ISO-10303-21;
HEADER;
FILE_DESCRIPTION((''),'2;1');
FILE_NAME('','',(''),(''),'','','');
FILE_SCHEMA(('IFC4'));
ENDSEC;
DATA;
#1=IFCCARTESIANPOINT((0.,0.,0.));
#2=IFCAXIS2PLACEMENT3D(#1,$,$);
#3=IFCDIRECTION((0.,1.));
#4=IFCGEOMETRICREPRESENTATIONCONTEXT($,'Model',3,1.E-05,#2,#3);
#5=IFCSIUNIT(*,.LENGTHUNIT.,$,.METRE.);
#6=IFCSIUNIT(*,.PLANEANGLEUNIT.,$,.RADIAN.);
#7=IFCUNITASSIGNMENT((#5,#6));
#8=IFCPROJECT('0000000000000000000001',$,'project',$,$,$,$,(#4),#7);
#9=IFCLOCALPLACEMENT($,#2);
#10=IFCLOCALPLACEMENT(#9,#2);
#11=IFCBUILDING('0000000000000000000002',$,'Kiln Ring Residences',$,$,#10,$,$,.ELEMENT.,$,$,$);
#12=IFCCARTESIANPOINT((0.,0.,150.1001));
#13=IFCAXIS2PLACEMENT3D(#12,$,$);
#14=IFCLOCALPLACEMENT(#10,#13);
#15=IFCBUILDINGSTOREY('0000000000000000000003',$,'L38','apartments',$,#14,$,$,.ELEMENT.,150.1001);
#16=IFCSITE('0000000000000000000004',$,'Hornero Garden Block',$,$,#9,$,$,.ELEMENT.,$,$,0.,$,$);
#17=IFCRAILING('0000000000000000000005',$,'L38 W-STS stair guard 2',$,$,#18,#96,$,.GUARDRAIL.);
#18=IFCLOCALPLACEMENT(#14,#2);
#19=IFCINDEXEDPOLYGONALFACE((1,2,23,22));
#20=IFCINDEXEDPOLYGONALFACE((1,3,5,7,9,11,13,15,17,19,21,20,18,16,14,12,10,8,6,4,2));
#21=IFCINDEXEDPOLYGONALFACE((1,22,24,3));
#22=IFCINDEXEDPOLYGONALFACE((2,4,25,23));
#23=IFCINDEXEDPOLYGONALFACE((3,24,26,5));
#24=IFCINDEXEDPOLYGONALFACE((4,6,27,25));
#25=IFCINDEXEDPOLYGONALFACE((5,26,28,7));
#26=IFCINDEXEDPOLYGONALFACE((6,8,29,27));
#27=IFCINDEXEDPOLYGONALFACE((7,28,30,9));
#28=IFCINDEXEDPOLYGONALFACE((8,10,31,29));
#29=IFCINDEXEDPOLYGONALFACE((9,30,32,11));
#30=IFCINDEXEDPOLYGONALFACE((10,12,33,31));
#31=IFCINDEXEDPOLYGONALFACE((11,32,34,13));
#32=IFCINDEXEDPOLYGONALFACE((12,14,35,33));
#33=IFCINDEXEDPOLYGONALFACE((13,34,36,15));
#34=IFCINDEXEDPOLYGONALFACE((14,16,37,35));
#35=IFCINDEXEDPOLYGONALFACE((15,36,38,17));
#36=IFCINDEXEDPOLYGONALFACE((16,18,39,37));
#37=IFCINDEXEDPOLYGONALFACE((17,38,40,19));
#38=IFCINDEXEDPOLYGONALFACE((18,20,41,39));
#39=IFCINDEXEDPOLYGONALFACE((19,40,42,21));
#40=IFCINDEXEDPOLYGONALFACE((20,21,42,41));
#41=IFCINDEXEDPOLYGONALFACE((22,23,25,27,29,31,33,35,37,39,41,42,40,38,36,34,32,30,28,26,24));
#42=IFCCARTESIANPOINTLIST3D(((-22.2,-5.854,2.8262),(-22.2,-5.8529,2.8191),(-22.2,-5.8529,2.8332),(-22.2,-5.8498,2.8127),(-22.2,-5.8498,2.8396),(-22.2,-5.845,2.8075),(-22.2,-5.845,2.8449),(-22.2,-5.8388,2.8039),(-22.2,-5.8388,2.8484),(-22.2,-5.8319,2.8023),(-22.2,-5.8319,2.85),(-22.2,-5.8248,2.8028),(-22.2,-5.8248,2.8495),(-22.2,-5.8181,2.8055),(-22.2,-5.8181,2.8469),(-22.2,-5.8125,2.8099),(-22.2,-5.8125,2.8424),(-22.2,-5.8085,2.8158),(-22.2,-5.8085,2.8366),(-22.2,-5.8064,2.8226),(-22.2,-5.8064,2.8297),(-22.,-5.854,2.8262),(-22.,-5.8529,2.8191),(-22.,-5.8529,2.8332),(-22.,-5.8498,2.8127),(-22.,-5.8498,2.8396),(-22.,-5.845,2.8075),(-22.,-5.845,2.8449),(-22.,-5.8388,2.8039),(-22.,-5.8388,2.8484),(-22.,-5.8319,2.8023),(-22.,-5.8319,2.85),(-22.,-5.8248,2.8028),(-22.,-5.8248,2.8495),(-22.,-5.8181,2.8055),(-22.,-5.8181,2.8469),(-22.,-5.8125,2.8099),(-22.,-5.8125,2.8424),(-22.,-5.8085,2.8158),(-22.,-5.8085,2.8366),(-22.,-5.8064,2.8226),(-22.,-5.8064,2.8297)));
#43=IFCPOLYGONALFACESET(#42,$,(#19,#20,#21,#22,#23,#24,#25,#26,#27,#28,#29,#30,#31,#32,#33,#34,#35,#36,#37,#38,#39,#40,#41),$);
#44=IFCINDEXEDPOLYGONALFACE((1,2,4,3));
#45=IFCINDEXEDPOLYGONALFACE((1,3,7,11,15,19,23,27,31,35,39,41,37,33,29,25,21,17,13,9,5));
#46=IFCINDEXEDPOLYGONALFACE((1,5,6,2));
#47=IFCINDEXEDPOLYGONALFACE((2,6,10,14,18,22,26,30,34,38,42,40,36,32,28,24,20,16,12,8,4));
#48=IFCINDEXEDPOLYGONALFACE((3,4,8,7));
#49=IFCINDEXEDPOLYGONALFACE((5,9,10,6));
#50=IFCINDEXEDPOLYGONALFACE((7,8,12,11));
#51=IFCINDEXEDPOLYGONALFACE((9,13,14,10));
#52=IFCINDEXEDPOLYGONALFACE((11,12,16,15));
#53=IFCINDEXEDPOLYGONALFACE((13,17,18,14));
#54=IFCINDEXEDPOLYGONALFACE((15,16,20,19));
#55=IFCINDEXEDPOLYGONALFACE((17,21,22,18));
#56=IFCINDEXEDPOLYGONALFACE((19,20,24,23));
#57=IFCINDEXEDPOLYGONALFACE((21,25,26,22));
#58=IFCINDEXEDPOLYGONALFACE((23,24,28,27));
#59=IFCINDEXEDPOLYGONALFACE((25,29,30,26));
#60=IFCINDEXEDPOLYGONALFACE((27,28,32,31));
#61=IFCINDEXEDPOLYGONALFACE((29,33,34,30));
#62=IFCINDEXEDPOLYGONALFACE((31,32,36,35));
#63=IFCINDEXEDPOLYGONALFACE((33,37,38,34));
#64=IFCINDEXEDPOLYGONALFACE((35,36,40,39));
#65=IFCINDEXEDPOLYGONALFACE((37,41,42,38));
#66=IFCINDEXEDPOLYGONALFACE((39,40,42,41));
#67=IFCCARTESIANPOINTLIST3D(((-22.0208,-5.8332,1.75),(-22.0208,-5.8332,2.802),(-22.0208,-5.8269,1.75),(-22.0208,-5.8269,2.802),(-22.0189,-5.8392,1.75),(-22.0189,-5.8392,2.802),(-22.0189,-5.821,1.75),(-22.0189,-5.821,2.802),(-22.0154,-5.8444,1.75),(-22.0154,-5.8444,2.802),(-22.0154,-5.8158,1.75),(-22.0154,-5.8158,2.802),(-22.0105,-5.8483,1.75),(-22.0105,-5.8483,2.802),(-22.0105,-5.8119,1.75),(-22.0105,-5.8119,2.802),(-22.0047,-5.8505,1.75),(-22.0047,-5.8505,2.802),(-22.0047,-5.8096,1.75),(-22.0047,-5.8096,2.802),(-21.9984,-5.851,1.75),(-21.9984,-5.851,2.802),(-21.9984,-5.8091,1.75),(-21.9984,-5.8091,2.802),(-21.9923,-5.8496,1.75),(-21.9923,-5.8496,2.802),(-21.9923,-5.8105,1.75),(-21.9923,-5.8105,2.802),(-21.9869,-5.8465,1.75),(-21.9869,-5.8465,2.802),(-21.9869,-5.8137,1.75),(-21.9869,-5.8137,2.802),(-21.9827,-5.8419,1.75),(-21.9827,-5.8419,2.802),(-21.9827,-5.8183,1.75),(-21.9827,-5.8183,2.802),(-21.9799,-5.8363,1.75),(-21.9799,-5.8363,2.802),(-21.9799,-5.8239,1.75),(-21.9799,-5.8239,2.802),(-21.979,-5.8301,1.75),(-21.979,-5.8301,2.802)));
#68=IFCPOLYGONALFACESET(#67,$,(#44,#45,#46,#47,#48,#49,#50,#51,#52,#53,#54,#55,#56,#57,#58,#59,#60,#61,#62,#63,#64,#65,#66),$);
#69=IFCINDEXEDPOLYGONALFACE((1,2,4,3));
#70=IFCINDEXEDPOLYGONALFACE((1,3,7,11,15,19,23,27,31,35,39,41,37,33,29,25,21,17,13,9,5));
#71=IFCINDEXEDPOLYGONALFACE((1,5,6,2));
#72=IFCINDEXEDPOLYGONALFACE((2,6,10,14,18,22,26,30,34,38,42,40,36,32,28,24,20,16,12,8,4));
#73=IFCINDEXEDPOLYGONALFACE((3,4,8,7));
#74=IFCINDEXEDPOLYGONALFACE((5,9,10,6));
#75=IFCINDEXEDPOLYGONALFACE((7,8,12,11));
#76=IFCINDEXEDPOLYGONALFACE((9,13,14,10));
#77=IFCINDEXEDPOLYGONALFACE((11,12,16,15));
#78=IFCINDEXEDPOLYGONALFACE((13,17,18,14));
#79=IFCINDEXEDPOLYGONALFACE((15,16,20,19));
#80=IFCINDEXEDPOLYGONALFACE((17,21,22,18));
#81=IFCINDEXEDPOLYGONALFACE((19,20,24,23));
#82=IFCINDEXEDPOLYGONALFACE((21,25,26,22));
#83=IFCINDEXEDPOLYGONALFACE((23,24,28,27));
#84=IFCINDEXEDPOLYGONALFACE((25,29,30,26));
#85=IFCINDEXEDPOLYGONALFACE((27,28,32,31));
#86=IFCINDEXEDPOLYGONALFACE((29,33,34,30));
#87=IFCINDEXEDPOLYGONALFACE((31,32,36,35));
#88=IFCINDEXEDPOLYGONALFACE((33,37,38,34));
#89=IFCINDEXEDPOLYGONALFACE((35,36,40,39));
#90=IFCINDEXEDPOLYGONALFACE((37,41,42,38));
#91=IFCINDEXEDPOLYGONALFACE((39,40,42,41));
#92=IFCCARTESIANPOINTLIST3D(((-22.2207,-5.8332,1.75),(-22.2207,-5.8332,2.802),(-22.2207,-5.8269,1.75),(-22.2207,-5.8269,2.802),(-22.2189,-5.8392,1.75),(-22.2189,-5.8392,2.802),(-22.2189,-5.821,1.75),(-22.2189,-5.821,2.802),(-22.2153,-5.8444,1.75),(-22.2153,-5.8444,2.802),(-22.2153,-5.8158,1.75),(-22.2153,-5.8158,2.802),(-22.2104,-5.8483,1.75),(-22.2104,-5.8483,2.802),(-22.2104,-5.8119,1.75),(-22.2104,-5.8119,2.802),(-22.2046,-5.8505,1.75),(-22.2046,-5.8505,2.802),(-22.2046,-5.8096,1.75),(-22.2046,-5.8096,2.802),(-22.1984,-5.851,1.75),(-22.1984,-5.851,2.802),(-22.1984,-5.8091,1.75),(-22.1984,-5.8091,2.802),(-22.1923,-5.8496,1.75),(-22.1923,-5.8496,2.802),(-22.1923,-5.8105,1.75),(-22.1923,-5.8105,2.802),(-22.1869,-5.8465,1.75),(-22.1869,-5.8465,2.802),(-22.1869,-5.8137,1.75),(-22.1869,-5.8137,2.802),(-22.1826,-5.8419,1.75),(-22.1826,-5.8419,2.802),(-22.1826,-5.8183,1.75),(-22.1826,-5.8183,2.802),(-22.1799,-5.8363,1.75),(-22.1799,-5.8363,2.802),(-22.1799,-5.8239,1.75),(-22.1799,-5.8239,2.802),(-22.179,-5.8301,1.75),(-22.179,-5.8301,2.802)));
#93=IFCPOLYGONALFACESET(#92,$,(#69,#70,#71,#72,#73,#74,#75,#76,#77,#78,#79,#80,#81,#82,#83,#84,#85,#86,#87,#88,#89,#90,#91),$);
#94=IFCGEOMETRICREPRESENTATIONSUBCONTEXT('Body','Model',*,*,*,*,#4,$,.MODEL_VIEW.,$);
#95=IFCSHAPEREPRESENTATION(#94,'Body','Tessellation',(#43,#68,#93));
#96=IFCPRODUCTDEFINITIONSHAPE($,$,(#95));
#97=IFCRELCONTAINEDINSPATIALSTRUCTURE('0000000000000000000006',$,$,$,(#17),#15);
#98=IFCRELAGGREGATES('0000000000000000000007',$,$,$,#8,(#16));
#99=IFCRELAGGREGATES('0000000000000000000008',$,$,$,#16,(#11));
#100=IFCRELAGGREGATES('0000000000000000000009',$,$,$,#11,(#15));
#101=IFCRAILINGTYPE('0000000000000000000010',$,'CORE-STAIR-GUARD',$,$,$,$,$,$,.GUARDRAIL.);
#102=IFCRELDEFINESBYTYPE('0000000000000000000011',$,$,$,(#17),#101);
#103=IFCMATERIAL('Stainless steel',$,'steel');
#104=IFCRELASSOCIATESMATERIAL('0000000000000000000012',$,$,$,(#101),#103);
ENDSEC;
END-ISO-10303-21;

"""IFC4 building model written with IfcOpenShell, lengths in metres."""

from ifc_helpers import new_model, si_unit, direction, frame, origin, origin_2d, place, context, subcontext, project, spatial, circle, extrude, material, type_object, element, save


model = new_model("IFC4")

# Units and contexts
model_context = context("Model", 3, precision=1e-05, world=origin(), true_north=direction((0.0, 1.0)))
body_context = subcontext(model_context, "Body", "Model", "MODEL_VIEW")
ifc_project = project(units=[si_unit("LENGTHUNIT", "METRE"), si_unit("PLANEANGLEUNIT", "RADIAN")], contexts=[model_context])

# Site, building, storey
site_placement = place(None, origin())
site = spatial("IfcSite", under=ifc_project, at=site_placement, Name="Hornero Garden Block", CompositionType="ELEMENT", RefElevation=0.0)
building_placement = place(site_placement, origin())
building = spatial("IfcBuilding", under=site, at=building_placement, Name="Kiln Ring Residences", CompositionType="ELEMENT")
storey_placement = place(building_placement, frame((0.0, 0.0, 150.1001)))
storey = spatial("IfcBuildingStorey", under=building, at=storey_placement, Name="L38", Description="apartments", CompositionType="ELEMENT", Elevation=150.1001)

# Railing
ifc_material_1 = material(Name="Stainless steel", Category="steel")
railing_type_1 = type_object("IfcRailingType", Name="CORE-STAIR-GUARD", PredefinedType="GUARDRAIL", material=ifc_material_1)
railing_1_placement = place(storey_placement, frame((-22.0, -5.8301, 1.75)))
element("IfcRailing", 1, at=railing_1_placement, inside=storey, type_object=railing_type_1, Name="L38 W-STS stair guard 2", PredefinedType="GUARDRAIL", context=body_context, shape_type="SweptSolid", body=[
    extrude(circle(Radius=0.0239, at=origin_2d()), frame((0.0, 0.0, 1.0762), z_axis=(-1.0, 0.0, 0.0), x_axis=(0.0, -1.0, 0.0)), (0.0, 0.0, 1.0), 0.2),
    extrude(circle(Radius=0.021, at=origin_2d()), origin(), (0.0, 0.0, 1.0), 1.052),
    extrude(circle(Radius=0.021, at=origin_2d()), frame((-0.2, 0.0, 0.0)), (0.0, 0.0, 1.0), 1.052),
])

save(model, "model.ifc")
